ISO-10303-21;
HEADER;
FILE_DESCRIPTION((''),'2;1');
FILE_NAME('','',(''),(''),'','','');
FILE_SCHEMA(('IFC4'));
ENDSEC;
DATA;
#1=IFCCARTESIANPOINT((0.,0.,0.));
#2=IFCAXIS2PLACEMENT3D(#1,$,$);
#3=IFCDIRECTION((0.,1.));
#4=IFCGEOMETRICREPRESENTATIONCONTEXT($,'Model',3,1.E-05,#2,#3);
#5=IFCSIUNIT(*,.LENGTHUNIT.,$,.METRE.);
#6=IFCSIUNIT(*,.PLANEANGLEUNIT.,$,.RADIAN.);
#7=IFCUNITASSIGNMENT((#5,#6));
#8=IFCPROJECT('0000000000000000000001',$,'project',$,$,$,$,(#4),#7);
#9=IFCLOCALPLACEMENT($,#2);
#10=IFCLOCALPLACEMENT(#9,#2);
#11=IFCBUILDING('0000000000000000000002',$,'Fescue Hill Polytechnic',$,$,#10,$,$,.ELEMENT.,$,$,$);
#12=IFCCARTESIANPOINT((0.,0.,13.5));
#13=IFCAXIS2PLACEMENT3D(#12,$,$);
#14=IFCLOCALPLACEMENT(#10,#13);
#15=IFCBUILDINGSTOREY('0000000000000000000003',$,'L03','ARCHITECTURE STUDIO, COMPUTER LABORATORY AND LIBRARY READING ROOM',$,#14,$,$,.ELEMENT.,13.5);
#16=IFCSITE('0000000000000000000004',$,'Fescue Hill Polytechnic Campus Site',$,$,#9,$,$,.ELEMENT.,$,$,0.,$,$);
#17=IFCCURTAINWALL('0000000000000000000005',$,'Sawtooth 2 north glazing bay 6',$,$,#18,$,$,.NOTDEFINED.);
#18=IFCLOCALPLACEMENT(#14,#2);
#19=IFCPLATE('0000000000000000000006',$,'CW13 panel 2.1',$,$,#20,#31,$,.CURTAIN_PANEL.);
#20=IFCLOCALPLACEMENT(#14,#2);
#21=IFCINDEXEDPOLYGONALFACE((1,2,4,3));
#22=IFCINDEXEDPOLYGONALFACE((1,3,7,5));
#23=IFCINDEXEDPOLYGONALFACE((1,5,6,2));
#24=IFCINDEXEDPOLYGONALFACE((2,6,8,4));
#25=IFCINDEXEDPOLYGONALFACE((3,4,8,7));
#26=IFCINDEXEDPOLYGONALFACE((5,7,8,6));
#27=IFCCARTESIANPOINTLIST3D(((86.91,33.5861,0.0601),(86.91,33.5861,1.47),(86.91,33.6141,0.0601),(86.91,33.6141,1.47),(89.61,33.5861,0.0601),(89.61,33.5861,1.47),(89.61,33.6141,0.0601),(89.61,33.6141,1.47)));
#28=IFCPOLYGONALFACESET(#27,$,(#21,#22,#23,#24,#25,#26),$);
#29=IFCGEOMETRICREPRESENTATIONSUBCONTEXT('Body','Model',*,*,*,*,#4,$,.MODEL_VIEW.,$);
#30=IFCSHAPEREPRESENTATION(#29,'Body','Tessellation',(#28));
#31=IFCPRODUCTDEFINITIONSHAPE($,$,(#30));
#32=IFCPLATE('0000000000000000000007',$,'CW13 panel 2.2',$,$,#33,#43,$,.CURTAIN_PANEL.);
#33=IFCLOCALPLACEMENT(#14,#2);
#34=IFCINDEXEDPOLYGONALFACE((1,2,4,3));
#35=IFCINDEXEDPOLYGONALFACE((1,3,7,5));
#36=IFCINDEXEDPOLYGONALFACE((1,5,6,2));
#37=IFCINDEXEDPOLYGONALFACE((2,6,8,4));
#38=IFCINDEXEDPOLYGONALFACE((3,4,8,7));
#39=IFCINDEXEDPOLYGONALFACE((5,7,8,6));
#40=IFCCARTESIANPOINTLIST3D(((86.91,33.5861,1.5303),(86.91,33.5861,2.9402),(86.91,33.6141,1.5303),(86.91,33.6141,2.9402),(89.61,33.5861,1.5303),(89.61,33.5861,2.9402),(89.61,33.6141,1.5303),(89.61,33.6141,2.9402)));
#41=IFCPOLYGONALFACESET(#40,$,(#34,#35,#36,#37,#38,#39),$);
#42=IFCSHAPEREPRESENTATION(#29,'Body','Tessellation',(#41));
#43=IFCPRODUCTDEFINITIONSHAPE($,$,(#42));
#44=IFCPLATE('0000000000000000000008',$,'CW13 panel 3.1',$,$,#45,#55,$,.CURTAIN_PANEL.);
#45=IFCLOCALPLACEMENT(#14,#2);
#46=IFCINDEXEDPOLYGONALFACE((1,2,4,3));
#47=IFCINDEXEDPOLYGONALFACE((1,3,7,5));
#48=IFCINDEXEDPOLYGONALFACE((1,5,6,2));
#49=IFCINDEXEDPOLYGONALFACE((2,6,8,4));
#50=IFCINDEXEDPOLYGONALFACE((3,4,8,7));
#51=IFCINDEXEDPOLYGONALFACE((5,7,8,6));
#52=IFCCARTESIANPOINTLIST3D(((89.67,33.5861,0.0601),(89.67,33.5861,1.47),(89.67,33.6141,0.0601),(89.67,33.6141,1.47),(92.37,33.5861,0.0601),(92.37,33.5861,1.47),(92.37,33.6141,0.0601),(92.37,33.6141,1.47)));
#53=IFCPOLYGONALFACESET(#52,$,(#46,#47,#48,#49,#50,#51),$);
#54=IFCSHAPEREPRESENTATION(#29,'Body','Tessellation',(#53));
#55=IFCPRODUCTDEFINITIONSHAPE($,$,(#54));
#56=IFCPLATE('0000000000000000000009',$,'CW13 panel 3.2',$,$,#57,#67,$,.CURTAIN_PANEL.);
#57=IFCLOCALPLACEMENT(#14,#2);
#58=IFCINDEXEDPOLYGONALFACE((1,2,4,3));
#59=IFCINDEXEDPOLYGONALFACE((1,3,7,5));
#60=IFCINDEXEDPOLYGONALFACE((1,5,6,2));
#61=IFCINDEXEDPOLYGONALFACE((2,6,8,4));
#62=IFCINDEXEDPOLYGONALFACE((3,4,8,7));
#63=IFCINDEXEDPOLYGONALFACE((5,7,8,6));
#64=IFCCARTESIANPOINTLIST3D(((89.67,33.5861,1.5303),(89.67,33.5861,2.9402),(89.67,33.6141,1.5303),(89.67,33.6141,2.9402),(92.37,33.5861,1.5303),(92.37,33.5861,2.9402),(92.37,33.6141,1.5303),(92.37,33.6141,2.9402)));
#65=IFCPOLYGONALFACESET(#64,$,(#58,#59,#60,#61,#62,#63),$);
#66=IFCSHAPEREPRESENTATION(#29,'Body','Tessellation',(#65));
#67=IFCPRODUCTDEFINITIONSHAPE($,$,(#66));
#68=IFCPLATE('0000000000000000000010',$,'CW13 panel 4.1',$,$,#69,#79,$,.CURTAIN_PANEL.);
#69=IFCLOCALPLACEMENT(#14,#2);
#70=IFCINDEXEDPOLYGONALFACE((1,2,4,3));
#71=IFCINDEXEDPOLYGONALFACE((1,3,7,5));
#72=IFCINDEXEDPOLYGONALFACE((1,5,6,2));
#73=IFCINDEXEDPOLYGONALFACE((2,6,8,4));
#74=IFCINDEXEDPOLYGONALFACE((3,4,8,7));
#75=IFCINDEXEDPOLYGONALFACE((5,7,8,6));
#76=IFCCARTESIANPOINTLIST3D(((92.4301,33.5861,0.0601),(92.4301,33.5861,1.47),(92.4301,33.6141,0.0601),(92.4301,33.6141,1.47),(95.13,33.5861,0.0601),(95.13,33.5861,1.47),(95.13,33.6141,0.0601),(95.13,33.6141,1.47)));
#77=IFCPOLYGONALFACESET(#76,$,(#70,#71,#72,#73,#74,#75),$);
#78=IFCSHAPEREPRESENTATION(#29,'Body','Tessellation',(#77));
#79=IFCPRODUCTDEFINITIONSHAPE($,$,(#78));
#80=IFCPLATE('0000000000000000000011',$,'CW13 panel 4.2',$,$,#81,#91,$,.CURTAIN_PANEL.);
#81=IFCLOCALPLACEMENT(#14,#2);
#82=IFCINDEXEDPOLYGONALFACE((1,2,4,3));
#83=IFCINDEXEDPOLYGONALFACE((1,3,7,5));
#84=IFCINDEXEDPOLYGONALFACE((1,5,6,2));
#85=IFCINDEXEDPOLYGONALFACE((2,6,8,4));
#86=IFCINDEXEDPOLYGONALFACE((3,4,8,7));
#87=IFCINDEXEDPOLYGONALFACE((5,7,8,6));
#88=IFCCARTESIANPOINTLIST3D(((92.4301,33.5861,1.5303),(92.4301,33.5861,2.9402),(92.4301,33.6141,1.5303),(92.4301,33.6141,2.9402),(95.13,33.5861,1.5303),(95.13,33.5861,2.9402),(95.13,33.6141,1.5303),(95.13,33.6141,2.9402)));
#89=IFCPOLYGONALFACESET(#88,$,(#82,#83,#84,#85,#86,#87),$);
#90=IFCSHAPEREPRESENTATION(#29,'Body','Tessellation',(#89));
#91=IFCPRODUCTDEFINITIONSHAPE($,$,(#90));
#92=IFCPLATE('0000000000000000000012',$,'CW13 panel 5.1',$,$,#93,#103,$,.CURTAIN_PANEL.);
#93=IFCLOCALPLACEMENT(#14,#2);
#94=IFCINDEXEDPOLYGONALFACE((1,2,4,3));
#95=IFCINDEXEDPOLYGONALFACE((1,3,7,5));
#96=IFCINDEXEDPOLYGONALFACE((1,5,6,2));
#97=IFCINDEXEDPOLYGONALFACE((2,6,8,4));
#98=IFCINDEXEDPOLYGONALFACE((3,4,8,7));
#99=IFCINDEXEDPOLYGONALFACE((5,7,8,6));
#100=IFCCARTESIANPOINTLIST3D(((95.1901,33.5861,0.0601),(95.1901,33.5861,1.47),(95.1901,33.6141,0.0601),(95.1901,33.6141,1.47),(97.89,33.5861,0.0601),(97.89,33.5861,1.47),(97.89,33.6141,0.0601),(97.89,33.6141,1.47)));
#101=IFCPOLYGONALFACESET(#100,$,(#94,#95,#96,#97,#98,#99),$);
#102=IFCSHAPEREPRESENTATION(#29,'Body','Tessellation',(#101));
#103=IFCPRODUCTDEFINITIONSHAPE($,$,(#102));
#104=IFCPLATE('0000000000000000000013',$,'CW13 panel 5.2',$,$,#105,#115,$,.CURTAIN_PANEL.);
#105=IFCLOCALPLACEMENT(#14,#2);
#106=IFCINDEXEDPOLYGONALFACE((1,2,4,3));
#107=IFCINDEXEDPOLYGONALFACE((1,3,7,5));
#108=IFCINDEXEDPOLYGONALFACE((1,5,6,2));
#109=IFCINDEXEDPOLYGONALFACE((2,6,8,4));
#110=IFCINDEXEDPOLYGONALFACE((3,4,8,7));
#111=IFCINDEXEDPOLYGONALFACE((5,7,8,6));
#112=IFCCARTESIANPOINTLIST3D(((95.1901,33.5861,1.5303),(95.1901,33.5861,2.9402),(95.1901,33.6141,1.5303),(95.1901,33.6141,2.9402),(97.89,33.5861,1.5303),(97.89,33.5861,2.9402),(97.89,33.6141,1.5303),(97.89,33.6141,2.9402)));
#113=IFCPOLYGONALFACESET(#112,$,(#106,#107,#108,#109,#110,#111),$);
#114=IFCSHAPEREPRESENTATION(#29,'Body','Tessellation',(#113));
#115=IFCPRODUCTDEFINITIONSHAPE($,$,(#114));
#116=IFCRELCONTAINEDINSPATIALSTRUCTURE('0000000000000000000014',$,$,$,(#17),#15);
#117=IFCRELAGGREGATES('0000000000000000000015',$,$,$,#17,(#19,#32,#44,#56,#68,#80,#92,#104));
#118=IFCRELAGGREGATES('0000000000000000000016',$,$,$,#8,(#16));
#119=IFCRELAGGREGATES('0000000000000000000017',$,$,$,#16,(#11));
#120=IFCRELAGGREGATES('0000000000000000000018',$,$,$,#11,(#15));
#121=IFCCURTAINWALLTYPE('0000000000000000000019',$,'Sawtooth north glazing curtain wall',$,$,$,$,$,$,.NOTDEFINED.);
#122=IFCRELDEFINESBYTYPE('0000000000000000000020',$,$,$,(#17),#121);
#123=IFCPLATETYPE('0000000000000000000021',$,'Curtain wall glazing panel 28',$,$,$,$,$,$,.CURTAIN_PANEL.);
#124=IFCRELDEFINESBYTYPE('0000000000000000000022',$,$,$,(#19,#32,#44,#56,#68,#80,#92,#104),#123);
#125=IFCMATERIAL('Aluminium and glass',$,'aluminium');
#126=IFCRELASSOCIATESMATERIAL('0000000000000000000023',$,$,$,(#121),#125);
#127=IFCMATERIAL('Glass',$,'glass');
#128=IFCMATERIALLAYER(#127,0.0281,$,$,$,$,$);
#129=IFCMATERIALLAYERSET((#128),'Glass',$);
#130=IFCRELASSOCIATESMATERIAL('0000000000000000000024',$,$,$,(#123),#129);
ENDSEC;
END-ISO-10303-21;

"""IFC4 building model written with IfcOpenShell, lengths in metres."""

from ifc_helpers import new_model, si_unit, direction, frame, origin, origin_2d, place, context, subcontext, project, spatial, rectangle, extrude, material, layer, layer_set, type_object, element, aggregate, save


model = new_model("IFC4")

# Units and contexts
model_context = context("Model", 3, precision=1e-05, world=origin(), true_north=direction((0.0, 1.0)))
body_context = subcontext(model_context, "Body", "Model", "MODEL_VIEW")
ifc_project = project(units=[si_unit("LENGTHUNIT", "METRE"), si_unit("PLANEANGLEUNIT", "RADIAN")], contexts=[model_context])

# Site, building, storey
site_placement = place(None, origin())
site = spatial("IfcSite", under=ifc_project, at=site_placement, Name="Fescue Hill Polytechnic Campus Site", CompositionType="ELEMENT", RefElevation=0.0)
building_placement = place(site_placement, origin())
building = spatial("IfcBuilding", under=site, at=building_placement, Name="Fescue Hill Polytechnic", CompositionType="ELEMENT")
storey_placement = place(building_placement, frame((0.0, 0.0, 13.5)))
storey = spatial("IfcBuildingStorey", under=building, at=storey_placement, Name="L03", Description="ARCHITECTURE STUDIO, COMPUTER LABORATORY AND LIBRARY READING ROOM", CompositionType="ELEMENT", Elevation=13.5)

# Curtain wall, plates
ifc_material_1 = material(Name="Aluminium and glass", Category="aluminium")
curtain_wall_type = type_object("IfcCurtainWallType", Name="Sawtooth north glazing curtain wall", PredefinedType="NOTDEFINED", material=ifc_material_1)
curtain_wall_placement = place(storey_placement, origin())
curtain_wall = element("IfcCurtainWall", 1, at=curtain_wall_placement, inside=storey, type_object=curtain_wall_type, Name="Sawtooth 2 north glazing bay 6", PredefinedType="NOTDEFINED")
ifc_material_2 = material(Name="Glass", Category="glass")
ifc_layer = layer(ifc_material_2, 0.0281)
ifc_layer_set = layer_set([ifc_layer], Name="Glass")
plate_type = type_object("IfcPlateType", Name="Curtain wall glazing panel 28", PredefinedType="CURTAIN_PANEL", material=ifc_layer_set)
plate_1_placement = place(storey_placement, frame((88.26, 33.6001, 0.0601), z_axis=(0.0, 0.0, 1.0), x_axis=(1.0, 0.0, 0.0)))
plate_1 = element("IfcPlate", 2, at=plate_1_placement, type_object=plate_type, Name="CW13 panel 2.1", PredefinedType="CURTAIN_PANEL", context=body_context, shape_type="SweptSolid", body=[
    extrude(rectangle(XDim=2.7, YDim=0.0281, at=origin_2d()), origin(), (0.0, 0.0, 1.0), 1.4099),
])
plate_2_placement = place(storey_placement, frame((88.26, 33.6001, 1.5303), z_axis=(0.0, 0.0, 1.0), x_axis=(1.0, 0.0, 0.0)))
plate_2 = element("IfcPlate", 3, at=plate_2_placement, type_object=plate_type, Name="CW13 panel 2.2", PredefinedType="CURTAIN_PANEL", context=body_context, shape_type="SweptSolid", body=[
    extrude(rectangle(XDim=2.7, YDim=0.0281, at=origin_2d()), origin(), (0.0, 0.0, 1.0), 1.4099),
])
plate_3_placement = place(storey_placement, frame((91.02, 33.6001, 0.0601), z_axis=(0.0, 0.0, 1.0), x_axis=(1.0, 0.0, 0.0)))
plate_3 = element("IfcPlate", 4, at=plate_3_placement, type_object=plate_type, Name="CW13 panel 3.1", PredefinedType="CURTAIN_PANEL", context=body_context, shape_type="SweptSolid", body=[
    extrude(rectangle(XDim=2.7, YDim=0.0281, at=origin_2d()), origin(), (0.0, 0.0, 1.0), 1.4099),
])
plate_4_placement = place(storey_placement, frame((91.02, 33.6001, 1.5303), z_axis=(0.0, 0.0, 1.0), x_axis=(1.0, 0.0, 0.0)))
plate_4 = element("IfcPlate", 5, at=plate_4_placement, type_object=plate_type, Name="CW13 panel 3.2", PredefinedType="CURTAIN_PANEL", context=body_context, shape_type="SweptSolid", body=[
    extrude(rectangle(XDim=2.7, YDim=0.0281, at=origin_2d()), origin(), (0.0, 0.0, 1.0), 1.4099),
])
plate_5_placement = place(storey_placement, frame((93.78, 33.6001, 0.0601), z_axis=(0.0, 0.0, 1.0), x_axis=(1.0, 0.0, 0.0)))
plate_5 = element("IfcPlate", 6, at=plate_5_placement, type_object=plate_type, Name="CW13 panel 4.1", PredefinedType="CURTAIN_PANEL", context=body_context, shape_type="SweptSolid", body=[
    extrude(rectangle(XDim=2.7, YDim=0.0281, at=origin_2d()), origin(), (0.0, 0.0, 1.0), 1.4099),
])
plate_6_placement = place(storey_placement, frame((93.78, 33.6001, 1.5303), z_axis=(0.0, 0.0, 1.0), x_axis=(1.0, 0.0, 0.0)))
plate_6 = element("IfcPlate", 7, at=plate_6_placement, type_object=plate_type, Name="CW13 panel 4.2", PredefinedType="CURTAIN_PANEL", context=body_context, shape_type="SweptSolid", body=[
    extrude(rectangle(XDim=2.7, YDim=0.0281, at=origin_2d()), origin(), (0.0, 0.0, 1.0), 1.4099),
])
plate_7_placement = place(storey_placement, frame((96.54, 33.6001, 0.0601), z_axis=(0.0, 0.0, 1.0), x_axis=(1.0, 0.0, 0.0)))
plate_7 = element("IfcPlate", 8, at=plate_7_placement, type_object=plate_type, Name="CW13 panel 5.1", PredefinedType="CURTAIN_PANEL", context=body_context, shape_type="SweptSolid", body=[
    extrude(rectangle(XDim=2.7, YDim=0.0281, at=origin_2d()), origin(), (0.0, 0.0, 1.0), 1.4099),
])
plate_8_placement = place(storey_placement, frame((96.54, 33.6001, 1.5303), z_axis=(0.0, 0.0, 1.0), x_axis=(1.0, 0.0, 0.0)))
plate_8 = element("IfcPlate", 9, at=plate_8_placement, type_object=plate_type, Name="CW13 panel 5.2", PredefinedType="CURTAIN_PANEL", context=body_context, shape_type="SweptSolid", body=[
    extrude(rectangle(XDim=2.7, YDim=0.0281, at=origin_2d()), origin(), (0.0, 0.0, 1.0), 1.4099),
])
aggregate(curtain_wall, [plate_1, plate_2, plate_3, plate_4, plate_5, plate_6, plate_7, plate_8])

save(model, "model.ifc")
